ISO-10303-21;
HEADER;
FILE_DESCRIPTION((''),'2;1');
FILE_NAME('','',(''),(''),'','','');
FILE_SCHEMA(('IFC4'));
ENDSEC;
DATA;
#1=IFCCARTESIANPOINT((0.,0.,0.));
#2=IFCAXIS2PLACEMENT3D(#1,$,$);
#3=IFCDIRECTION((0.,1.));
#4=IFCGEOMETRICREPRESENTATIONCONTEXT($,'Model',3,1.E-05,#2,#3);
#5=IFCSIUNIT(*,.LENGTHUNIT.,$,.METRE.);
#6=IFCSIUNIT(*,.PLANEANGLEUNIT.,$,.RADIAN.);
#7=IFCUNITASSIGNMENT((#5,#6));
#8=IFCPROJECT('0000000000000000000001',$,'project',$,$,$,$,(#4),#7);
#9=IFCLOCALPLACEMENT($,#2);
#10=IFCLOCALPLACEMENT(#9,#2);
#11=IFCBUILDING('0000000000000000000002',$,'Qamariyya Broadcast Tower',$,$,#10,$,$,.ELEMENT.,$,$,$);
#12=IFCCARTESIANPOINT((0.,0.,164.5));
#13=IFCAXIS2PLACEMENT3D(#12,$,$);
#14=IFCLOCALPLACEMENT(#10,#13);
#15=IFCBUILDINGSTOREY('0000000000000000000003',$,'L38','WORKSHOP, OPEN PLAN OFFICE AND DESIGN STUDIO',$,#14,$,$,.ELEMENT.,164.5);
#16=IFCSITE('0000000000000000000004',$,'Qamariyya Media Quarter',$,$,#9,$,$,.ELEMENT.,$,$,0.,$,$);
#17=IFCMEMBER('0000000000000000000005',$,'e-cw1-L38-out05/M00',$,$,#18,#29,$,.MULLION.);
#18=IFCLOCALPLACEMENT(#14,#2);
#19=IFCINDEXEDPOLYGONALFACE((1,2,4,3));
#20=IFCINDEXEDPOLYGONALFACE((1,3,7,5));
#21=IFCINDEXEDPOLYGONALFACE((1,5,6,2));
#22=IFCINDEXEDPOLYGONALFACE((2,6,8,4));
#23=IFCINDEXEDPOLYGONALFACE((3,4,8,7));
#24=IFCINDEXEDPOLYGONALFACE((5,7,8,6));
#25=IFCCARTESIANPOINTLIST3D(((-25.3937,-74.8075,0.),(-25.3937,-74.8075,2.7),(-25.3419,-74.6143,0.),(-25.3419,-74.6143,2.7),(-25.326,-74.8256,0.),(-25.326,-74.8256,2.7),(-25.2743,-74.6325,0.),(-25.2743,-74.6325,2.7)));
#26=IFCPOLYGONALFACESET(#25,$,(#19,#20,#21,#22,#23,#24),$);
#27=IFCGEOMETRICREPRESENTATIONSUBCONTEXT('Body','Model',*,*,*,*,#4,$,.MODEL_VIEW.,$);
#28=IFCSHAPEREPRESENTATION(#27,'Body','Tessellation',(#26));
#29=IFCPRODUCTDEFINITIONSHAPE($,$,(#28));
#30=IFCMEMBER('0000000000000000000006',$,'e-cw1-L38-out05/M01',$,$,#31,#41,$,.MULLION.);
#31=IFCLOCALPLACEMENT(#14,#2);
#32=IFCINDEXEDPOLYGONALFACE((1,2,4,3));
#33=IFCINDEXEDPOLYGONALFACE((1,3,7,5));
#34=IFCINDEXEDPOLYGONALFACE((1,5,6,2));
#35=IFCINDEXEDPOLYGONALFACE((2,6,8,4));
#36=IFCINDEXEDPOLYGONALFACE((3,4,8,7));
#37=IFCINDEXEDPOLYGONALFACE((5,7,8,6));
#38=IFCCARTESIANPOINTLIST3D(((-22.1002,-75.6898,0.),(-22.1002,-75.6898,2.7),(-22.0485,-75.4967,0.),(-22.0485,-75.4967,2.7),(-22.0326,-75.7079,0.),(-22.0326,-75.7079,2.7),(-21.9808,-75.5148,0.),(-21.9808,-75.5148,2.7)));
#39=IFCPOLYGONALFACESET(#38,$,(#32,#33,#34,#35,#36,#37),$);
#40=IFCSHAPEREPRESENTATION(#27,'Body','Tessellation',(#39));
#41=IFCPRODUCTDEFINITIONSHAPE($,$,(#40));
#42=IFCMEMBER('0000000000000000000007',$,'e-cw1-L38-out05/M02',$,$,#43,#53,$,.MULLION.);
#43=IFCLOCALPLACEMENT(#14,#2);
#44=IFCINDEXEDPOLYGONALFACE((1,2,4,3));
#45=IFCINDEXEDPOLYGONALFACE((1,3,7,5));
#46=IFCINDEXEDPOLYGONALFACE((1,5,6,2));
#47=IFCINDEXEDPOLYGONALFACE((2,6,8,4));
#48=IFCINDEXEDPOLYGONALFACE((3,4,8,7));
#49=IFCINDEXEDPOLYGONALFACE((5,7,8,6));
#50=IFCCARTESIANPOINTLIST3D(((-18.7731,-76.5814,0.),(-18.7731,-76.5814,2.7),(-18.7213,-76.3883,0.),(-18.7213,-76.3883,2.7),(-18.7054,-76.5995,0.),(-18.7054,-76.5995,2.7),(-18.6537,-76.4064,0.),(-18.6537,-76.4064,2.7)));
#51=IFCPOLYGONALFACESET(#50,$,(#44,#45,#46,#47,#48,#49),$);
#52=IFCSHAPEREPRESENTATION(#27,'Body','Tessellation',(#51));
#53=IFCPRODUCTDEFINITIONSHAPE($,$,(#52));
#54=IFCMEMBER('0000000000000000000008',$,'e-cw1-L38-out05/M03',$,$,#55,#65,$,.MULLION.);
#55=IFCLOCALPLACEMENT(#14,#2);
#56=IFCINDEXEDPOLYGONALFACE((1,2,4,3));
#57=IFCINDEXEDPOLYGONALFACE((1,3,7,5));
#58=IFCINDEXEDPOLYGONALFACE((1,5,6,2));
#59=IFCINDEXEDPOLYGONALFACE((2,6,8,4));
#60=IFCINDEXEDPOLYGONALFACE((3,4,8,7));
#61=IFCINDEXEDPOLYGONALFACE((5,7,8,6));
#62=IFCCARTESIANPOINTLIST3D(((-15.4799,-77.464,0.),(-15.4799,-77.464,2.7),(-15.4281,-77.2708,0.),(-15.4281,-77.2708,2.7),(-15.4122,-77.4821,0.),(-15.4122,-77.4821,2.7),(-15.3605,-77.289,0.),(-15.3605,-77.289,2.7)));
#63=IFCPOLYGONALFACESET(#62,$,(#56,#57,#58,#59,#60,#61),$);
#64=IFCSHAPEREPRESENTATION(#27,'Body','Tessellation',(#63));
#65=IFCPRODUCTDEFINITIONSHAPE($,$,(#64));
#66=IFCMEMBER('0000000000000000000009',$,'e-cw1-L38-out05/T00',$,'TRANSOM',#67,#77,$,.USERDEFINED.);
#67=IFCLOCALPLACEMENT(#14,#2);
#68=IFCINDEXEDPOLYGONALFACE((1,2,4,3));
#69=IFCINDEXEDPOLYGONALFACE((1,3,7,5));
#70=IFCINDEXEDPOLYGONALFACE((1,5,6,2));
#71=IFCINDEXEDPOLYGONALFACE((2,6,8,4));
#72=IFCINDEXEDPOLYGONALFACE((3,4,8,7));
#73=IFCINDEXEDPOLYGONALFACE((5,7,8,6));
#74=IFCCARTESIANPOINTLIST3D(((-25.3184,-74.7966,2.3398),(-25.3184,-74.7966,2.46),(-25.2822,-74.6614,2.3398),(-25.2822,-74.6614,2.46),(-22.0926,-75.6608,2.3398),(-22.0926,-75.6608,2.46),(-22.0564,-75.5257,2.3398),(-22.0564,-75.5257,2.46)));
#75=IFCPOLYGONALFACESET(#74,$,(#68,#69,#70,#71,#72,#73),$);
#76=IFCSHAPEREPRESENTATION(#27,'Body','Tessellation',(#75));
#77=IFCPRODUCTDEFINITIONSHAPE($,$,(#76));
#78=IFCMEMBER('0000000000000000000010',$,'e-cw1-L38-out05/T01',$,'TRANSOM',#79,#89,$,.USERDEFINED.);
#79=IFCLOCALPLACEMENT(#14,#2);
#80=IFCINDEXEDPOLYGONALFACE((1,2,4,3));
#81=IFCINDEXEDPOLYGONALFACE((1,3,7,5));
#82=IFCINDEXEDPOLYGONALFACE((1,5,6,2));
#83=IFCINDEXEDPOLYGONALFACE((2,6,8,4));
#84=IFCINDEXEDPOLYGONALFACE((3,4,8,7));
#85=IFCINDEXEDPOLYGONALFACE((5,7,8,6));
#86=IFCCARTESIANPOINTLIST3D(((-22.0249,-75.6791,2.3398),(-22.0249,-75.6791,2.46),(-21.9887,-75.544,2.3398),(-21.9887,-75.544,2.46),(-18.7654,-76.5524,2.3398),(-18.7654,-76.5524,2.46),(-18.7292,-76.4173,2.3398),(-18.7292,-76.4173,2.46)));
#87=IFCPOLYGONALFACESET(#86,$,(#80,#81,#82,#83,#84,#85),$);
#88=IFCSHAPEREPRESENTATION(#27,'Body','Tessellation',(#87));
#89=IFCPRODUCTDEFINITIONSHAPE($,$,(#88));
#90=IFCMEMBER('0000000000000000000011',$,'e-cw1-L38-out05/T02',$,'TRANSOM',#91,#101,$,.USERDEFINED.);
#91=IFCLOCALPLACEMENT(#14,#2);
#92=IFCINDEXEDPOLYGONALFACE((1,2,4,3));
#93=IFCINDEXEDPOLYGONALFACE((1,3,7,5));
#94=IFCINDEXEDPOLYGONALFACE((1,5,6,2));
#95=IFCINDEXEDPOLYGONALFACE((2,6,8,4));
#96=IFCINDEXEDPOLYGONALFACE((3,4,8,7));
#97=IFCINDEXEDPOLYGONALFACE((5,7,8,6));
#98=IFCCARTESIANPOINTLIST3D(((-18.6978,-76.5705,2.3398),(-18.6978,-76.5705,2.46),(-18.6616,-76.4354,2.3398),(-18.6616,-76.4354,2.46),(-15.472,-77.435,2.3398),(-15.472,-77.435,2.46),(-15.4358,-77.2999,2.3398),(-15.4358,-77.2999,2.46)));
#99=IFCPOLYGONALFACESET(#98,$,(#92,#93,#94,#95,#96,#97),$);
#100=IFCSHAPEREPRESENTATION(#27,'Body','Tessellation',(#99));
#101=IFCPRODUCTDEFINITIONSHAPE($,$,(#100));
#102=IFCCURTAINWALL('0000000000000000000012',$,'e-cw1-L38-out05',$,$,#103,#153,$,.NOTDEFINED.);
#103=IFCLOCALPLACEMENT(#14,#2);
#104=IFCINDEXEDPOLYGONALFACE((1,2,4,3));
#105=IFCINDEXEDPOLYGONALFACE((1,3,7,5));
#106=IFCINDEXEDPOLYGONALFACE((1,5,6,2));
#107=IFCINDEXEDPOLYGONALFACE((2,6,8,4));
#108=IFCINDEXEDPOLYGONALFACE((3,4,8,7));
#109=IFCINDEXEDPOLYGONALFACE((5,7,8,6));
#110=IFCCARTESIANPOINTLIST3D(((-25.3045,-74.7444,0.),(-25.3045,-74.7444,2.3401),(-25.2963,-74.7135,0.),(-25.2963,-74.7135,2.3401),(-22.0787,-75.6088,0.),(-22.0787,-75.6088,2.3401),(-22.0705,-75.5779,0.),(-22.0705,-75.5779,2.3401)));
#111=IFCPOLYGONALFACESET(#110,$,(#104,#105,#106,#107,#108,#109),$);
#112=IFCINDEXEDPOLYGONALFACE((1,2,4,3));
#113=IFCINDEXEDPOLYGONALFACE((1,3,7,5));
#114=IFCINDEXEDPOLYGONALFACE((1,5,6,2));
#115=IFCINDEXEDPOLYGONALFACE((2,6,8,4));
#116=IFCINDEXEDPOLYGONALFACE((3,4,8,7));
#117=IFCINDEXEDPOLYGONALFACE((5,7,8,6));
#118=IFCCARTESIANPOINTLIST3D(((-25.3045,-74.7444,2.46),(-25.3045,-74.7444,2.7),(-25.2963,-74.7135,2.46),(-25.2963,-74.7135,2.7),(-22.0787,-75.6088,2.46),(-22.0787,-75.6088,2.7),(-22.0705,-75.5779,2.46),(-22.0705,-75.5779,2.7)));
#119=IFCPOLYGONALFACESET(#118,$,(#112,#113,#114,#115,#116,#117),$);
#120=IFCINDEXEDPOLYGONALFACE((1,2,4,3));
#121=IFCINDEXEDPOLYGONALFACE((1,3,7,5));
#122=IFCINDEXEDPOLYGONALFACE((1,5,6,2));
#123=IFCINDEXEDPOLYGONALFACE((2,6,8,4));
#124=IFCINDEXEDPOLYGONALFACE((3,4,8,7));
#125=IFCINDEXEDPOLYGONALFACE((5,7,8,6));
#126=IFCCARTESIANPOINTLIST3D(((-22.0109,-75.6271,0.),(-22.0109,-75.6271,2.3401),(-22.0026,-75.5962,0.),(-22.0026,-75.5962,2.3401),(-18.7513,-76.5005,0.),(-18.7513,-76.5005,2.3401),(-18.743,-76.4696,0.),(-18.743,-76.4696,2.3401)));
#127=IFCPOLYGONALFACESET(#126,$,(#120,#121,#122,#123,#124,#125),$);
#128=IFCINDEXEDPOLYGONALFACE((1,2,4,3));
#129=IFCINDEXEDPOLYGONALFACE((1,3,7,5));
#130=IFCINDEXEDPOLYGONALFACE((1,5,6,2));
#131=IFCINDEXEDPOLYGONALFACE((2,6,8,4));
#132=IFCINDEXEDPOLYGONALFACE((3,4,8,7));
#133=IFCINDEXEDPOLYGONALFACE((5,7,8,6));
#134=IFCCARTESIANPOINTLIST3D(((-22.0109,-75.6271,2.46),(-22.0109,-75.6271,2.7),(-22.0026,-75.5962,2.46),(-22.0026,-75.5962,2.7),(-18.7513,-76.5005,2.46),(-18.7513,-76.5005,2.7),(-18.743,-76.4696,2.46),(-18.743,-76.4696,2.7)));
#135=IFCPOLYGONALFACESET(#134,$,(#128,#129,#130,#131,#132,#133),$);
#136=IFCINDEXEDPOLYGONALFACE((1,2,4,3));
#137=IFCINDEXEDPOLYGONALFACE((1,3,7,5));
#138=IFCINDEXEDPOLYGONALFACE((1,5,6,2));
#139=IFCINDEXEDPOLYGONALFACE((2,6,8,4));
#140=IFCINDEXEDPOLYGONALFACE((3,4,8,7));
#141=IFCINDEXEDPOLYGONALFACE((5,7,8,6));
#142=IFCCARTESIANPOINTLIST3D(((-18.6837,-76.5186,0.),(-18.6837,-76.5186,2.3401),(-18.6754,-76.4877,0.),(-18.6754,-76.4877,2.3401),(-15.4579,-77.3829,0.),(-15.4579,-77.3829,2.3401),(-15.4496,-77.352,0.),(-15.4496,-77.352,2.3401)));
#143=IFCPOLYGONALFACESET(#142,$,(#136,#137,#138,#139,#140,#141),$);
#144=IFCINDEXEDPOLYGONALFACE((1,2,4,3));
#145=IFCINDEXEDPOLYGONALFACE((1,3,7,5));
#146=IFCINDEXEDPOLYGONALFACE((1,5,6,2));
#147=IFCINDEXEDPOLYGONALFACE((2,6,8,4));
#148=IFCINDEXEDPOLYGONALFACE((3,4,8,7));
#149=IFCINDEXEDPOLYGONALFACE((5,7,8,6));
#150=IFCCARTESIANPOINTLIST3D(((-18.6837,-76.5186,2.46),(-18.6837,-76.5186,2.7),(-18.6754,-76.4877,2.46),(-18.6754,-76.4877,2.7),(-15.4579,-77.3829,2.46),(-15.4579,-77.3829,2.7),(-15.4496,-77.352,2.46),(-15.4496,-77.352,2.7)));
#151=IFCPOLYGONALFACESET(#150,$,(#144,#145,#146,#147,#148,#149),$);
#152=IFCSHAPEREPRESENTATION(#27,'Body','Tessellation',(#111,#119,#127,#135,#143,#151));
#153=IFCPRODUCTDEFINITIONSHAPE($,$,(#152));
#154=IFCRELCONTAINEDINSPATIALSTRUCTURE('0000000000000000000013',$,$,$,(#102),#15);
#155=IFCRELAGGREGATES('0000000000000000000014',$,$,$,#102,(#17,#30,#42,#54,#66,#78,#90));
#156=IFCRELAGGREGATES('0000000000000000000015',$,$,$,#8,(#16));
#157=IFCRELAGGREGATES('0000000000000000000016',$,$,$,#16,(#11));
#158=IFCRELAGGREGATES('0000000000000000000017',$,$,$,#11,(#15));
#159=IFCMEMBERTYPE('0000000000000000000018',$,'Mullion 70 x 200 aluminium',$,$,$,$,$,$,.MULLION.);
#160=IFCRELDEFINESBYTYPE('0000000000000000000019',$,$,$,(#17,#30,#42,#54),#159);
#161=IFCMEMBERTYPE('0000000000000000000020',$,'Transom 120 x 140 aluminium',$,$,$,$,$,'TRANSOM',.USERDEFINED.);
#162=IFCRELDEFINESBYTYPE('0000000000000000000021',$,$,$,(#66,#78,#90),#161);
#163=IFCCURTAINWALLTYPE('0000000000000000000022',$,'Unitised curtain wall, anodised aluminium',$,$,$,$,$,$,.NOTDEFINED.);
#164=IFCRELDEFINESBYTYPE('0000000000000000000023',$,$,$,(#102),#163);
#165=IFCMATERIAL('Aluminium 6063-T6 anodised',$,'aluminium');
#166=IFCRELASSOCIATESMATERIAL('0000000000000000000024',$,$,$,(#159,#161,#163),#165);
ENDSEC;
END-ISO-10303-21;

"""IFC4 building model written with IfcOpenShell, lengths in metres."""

from ifc_helpers import new_model, si_unit, direction, frame, origin, origin_2d, place, context, subcontext, project, spatial, rectangle, extrude, material, material_profile, profile_set, type_object, element, aggregate, save


model = new_model("IFC4")

# Units and contexts
model_context = context("Model", 3, precision=1e-05, world=origin(), true_north=direction((0.0, 1.0)))
body_context = subcontext(model_context, "Body", "Model", "MODEL_VIEW")
ifc_project = project(units=[si_unit("LENGTHUNIT", "METRE"), si_unit("PLANEANGLEUNIT", "RADIAN")], contexts=[model_context])

# Members
ifc_material = material(Name="Aluminium 6063-T6 anodised", Category="aluminium")
ifc_material_profile_1 = material_profile(ifc_material, rectangle(XDim=0.2, YDim=0.0701, at=origin_2d()))
ifc_profile_set_1 = profile_set([ifc_material_profile_1], Name="Aluminium 6063-T6 anodised")
member_type_1 = type_object("IfcMemberType", Name="Mullion 70 x 200 aluminium", PredefinedType="MULLION", material=ifc_profile_set_1)
site_placement = place(None, origin())
building_placement = place(site_placement, origin())
storey_placement = place(building_placement, frame((0.0, 0.0, 164.5)))
member_1_placement = place(storey_placement, frame((-25.334, -74.72, 0.0), z_axis=(0.0, 0.0, 1.0), x_axis=(0.258819, 0.965926, 0.0)))
member_1 = element("IfcMember", 1, at=member_1_placement, type_object=member_type_1, Name="e-cw1-L38-out05/M00", PredefinedType="MULLION", context=body_context, shape_type="SweptSolid", body=[
    extrude(rectangle(XDim=0.2, YDim=0.0701, at=origin_2d()), origin(), (0.0, 0.0, 1.0), 2.7),
])
member_2_placement = place(storey_placement, frame((-22.0405, -75.6023, 0.0), z_axis=(0.0, 0.0, 1.0), x_axis=(0.258819, 0.965926, 0.0)))
member_2 = element("IfcMember", 2, at=member_2_placement, type_object=member_type_1, Name="e-cw1-L38-out05/M01", PredefinedType="MULLION", context=body_context, shape_type="SweptSolid", body=[
    extrude(rectangle(XDim=0.2, YDim=0.0701, at=origin_2d()), origin(), (0.0, 0.0, 1.0), 2.7),
])
member_3_placement = place(storey_placement, frame((-18.7134, -76.4939, 0.0), z_axis=(0.0, 0.0, 1.0), x_axis=(0.258819, 0.965926, 0.0)))
member_3 = element("IfcMember", 3, at=member_3_placement, type_object=member_type_1, Name="e-cw1-L38-out05/M02", PredefinedType="MULLION", context=body_context, shape_type="SweptSolid", body=[
    extrude(rectangle(XDim=0.2, YDim=0.0701, at=origin_2d()), origin(), (0.0, 0.0, 1.0), 2.7),
])
member_4_placement = place(storey_placement, frame((-15.4202, -77.3765, 0.0), z_axis=(0.0, 0.0, 1.0), x_axis=(0.258819, 0.965926, 0.0)))
member_4 = element("IfcMember", 4, at=member_4_placement, type_object=member_type_1, Name="e-cw1-L38-out05/M03", PredefinedType="MULLION", context=body_context, shape_type="SweptSolid", body=[
    extrude(rectangle(XDim=0.2, YDim=0.0701, at=origin_2d()), origin(), (0.0, 0.0, 1.0), 2.7),
])
ifc_material_profile_2 = material_profile(ifc_material, rectangle(XDim=0.1399, YDim=0.1201, at=origin_2d()))
ifc_profile_set_2 = profile_set([ifc_material_profile_2], Name="Aluminium 6063-T6 anodised")
member_type_2 = type_object("IfcMemberType", Name="Transom 120 x 140 aluminium", ElementType="TRANSOM", PredefinedType="USERDEFINED", material=ifc_profile_set_2)
member_5_placement = place(storey_placement, frame((-25.3003, -74.729, 2.3999), z_axis=(0.965933, -0.258791, 0.0), x_axis=(0.258791, 0.965933, 0.0)))
member_5 = element("IfcMember", 5, at=member_5_placement, type_object=member_type_2, Name="e-cw1-L38-out05/T00", ObjectType="TRANSOM", PredefinedType="USERDEFINED", context=body_context, shape_type="SweptSolid", body=[
    extrude(rectangle(XDim=0.1399, YDim=0.1201, at=origin_2d()), origin(), (0.0, 0.0, 1.0), 3.3396),
])
member_6_placement = place(storey_placement, frame((-22.0068, -75.6116, 2.3999), z_axis=(0.965933, -0.258793, 0.0), x_axis=(0.258793, 0.965933, 0.0)))
member_6 = element("IfcMember", 6, at=member_6_placement, type_object=member_type_2, Name="e-cw1-L38-out05/T01", ObjectType="TRANSOM", PredefinedType="USERDEFINED", context=body_context, shape_type="SweptSolid", body=[
    extrude(rectangle(XDim=0.1399, YDim=0.1201, at=origin_2d()), origin(), (0.0, 0.0, 1.0), 3.3745),
])
member_7_placement = place(storey_placement, frame((-18.6797, -76.5029, 2.3999), z_axis=(0.965915, -0.258859, 0.0), x_axis=(0.258859, 0.965915, 0.0)))
member_7 = element("IfcMember", 7, at=member_7_placement, type_object=member_type_2, Name="e-cw1-L38-out05/T02", ObjectType="TRANSOM", PredefinedType="USERDEFINED", context=body_context, shape_type="SweptSolid", body=[
    extrude(rectangle(XDim=0.1399, YDim=0.1201, at=origin_2d()), origin(), (0.0, 0.0, 1.0), 3.3396),
])

# Site, building, storey
site = spatial("IfcSite", under=ifc_project, at=site_placement, Name="Qamariyya Media Quarter", CompositionType="ELEMENT", RefElevation=0.0)
building = spatial("IfcBuilding", under=site, at=building_placement, Name="Qamariyya Broadcast Tower", CompositionType="ELEMENT")
storey = spatial("IfcBuildingStorey", under=building, at=storey_placement, Name="L38", Description="WORKSHOP, OPEN PLAN OFFICE AND DESIGN STUDIO", CompositionType="ELEMENT", Elevation=164.5)

# Curtain wall
curtain_wall_type = type_object("IfcCurtainWallType", Name="Unitised curtain wall, anodised aluminium", PredefinedType="NOTDEFINED", material=ifc_material)
curtain_wall_1_placement = place(storey_placement, origin())
curtain_wall_1 = element("IfcCurtainWall", 8, at=curtain_wall_1_placement, inside=storey, type_object=curtain_wall_type, Name="e-cw1-L38-out05", PredefinedType="NOTDEFINED", context=body_context, shape_type="SweptSolid", body=[
    extrude(rectangle(XDim=3.3396, YDim=0.032, at=origin_2d()), frame((-23.6875, -75.1611, 0.0), x_axis=(0.965926, -0.258817, 0.0)), (0.0, 0.0, 1.0), 2.3401),
    extrude(rectangle(XDim=3.3396, YDim=0.032, at=origin_2d()), frame((-23.6875, -75.1611, 2.46), x_axis=(0.965926, -0.258817, 0.0)), (0.0, 0.0, 1.0), 0.24),
    extrude(rectangle(XDim=3.3745, YDim=0.032, at=origin_2d()), frame((-20.377, -76.0483, 0.0), x_axis=(0.965926, -0.258817, 0.0)), (0.0, 0.0, 1.0), 2.3401),
    extrude(rectangle(XDim=3.3745, YDim=0.032, at=origin_2d()), frame((-20.377, -76.0483, 2.46), x_axis=(0.965926, -0.258817, 0.0)), (0.0, 0.0, 1.0), 0.24),
    extrude(rectangle(XDim=3.3396, YDim=0.032, at=origin_2d()), frame((-17.0667, -76.9353, 0.0), x_axis=(0.965926, -0.258817, 0.0)), (0.0, 0.0, 1.0), 2.3401),
    extrude(rectangle(XDim=3.3396, YDim=0.032, at=origin_2d()), frame((-17.0667, -76.9353, 2.46), x_axis=(0.965926, -0.258817, 0.0)), (0.0, 0.0, 1.0), 0.24),
])
aggregate(curtain_wall_1, [member_1, member_2, member_3, member_4, member_5, member_6, member_7])

save(model, "model.ifc")
